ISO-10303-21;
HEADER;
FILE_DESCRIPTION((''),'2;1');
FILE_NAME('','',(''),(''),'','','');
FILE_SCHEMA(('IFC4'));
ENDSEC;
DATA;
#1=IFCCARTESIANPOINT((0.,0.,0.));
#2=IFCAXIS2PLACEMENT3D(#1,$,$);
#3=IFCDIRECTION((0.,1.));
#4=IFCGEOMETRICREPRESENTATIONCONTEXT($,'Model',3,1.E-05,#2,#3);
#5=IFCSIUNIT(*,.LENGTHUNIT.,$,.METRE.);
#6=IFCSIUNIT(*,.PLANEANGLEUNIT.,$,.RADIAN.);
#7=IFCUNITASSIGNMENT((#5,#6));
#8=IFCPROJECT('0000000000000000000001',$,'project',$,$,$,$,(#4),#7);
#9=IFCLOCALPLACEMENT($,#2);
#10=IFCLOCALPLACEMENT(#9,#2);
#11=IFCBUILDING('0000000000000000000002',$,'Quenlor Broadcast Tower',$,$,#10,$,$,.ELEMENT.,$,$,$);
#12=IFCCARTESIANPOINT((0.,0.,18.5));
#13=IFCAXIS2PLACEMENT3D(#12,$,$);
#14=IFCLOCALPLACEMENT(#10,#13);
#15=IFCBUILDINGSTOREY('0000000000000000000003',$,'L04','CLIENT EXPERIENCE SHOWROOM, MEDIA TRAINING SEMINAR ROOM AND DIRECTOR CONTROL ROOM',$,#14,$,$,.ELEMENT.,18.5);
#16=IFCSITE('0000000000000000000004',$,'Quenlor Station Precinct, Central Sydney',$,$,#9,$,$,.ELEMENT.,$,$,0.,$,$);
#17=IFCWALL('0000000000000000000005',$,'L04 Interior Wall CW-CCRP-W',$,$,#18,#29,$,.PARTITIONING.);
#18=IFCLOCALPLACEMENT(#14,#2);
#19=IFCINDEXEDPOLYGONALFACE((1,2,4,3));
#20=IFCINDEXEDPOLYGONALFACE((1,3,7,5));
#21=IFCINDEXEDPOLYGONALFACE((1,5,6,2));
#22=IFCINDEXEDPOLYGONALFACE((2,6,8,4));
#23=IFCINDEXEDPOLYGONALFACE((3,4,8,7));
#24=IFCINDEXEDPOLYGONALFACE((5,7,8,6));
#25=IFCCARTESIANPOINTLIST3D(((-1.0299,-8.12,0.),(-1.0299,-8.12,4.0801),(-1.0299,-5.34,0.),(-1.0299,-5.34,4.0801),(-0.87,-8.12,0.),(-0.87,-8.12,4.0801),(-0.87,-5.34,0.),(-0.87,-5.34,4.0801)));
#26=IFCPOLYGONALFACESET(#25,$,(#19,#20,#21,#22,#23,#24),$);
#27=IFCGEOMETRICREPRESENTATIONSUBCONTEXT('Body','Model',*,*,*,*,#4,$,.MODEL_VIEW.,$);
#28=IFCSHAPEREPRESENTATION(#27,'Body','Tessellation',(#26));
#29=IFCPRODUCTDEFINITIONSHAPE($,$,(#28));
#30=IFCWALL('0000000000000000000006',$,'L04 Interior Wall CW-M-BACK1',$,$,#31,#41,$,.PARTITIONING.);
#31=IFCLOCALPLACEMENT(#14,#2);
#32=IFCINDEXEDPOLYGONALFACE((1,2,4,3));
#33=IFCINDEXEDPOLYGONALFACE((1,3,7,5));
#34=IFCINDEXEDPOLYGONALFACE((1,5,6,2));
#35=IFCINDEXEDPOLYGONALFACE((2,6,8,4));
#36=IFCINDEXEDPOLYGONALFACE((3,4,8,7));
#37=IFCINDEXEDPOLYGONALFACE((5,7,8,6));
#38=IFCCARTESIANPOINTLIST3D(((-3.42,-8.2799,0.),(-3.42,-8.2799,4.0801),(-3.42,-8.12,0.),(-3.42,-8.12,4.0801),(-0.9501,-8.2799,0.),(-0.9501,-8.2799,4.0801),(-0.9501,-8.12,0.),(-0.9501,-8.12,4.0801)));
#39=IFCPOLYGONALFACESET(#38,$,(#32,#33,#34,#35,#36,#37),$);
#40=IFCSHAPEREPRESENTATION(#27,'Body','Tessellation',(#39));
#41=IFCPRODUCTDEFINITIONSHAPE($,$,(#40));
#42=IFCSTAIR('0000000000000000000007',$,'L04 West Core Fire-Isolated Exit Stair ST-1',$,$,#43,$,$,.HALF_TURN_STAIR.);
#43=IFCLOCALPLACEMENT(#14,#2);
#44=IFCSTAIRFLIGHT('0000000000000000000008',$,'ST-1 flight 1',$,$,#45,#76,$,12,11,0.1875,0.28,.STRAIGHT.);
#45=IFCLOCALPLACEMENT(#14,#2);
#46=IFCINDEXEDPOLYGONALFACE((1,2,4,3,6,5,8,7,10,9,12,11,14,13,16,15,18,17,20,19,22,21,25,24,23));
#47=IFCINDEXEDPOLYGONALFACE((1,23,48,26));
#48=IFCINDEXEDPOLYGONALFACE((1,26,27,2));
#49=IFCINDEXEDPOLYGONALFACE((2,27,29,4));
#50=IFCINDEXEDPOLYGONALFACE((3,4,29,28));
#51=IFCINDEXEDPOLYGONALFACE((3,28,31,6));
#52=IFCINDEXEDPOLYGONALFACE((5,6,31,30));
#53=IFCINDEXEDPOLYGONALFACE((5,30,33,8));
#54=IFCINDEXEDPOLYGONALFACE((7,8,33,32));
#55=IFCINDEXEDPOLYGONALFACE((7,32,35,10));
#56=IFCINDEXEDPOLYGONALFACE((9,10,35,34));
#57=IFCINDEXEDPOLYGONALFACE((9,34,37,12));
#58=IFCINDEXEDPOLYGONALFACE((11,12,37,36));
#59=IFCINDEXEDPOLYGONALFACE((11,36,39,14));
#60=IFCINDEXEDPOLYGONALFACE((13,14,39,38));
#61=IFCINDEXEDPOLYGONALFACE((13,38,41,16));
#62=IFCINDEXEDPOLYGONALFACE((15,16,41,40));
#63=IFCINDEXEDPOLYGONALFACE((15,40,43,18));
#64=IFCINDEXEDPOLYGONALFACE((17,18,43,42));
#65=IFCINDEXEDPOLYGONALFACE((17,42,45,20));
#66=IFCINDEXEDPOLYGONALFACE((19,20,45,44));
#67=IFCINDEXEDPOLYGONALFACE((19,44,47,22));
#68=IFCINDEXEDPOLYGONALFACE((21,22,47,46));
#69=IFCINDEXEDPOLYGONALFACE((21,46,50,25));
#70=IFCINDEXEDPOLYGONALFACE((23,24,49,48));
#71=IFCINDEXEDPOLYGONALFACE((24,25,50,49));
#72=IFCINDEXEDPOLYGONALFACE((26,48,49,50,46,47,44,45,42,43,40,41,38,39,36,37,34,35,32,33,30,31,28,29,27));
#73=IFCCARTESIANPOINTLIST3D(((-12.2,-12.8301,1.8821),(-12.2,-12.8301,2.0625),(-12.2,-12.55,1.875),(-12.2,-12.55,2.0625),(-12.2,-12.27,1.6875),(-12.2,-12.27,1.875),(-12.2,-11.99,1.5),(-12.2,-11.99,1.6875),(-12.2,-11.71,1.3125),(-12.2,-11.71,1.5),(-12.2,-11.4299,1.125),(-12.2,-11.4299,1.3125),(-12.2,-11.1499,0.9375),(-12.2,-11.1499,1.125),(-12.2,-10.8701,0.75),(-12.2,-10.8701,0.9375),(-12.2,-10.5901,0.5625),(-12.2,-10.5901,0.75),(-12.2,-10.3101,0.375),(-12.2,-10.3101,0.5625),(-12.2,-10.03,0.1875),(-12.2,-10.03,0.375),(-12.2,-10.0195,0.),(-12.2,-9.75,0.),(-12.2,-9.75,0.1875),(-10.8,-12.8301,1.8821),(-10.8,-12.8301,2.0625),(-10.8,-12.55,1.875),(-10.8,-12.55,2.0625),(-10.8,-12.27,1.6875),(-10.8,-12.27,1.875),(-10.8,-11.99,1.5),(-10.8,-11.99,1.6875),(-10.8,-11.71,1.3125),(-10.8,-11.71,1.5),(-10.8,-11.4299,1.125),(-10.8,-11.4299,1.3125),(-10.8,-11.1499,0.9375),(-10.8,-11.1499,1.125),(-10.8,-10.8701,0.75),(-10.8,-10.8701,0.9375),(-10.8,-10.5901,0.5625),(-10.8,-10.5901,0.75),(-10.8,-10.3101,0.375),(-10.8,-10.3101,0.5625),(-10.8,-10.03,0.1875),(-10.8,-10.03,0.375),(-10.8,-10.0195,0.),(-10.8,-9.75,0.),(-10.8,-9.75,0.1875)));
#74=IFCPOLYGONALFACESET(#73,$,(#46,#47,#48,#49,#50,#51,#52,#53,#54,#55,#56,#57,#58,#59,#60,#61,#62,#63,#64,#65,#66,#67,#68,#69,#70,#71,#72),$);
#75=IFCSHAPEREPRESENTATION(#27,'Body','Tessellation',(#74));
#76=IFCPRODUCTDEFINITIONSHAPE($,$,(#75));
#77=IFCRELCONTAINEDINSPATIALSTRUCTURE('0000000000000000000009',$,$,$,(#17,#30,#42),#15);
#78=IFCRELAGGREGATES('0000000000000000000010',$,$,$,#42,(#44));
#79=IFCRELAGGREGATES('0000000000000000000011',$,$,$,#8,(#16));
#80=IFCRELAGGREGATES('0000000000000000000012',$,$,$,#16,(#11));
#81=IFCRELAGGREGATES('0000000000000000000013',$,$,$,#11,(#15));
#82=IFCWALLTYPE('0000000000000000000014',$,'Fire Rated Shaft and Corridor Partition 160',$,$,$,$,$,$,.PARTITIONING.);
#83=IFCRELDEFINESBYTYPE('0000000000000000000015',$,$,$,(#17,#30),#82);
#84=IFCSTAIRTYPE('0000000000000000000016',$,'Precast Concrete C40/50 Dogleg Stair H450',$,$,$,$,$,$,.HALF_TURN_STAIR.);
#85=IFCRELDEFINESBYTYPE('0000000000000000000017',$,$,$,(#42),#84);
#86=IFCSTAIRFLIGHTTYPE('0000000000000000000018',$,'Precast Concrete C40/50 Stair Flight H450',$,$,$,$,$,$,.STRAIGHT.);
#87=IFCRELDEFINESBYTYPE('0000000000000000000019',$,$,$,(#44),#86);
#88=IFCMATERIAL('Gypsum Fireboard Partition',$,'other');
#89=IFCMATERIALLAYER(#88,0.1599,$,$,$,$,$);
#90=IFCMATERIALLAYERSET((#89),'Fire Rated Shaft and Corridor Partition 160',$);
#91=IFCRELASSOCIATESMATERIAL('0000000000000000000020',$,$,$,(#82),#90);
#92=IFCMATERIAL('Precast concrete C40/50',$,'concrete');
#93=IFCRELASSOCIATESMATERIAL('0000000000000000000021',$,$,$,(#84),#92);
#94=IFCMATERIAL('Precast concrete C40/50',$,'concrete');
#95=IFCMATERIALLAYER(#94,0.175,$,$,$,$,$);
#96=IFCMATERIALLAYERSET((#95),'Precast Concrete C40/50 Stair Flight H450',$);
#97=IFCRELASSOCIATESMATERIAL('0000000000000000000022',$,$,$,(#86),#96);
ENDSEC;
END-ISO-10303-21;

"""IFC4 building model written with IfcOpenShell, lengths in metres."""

from ifc_helpers import new_model, si_unit, direction, frame, frame_2d, origin, place, context, subcontext, project, spatial, polyline, rectangle, outline, extrude, material, layer, layer_set, type_object, element, aggregate, save


model = new_model("IFC4")

# Units and contexts
model_context = context("Model", 3, precision=1e-05, world=origin(), true_north=direction((0.0, 1.0)))
body_context = subcontext(model_context, "Body", "Model", "MODEL_VIEW")
ifc_project = project(units=[si_unit("LENGTHUNIT", "METRE"), si_unit("PLANEANGLEUNIT", "RADIAN")], contexts=[model_context])

# Site, building, storey
site_placement = place(None, origin())
site = spatial("IfcSite", under=ifc_project, at=site_placement, Name="Quenlor Station Precinct, Central Sydney", CompositionType="ELEMENT", RefElevation=0.0)
building_placement = place(site_placement, origin())
building = spatial("IfcBuilding", under=site, at=building_placement, Name="Quenlor Broadcast Tower", CompositionType="ELEMENT")
storey_placement = place(building_placement, frame((0.0, 0.0, 18.5)))
storey = spatial("IfcBuildingStorey", under=building, at=storey_placement, Name="L04", Description="CLIENT EXPERIENCE SHOWROOM, MEDIA TRAINING SEMINAR ROOM AND DIRECTOR CONTROL ROOM", CompositionType="ELEMENT", Elevation=18.5)

# Walls
ifc_material_1 = material(Name="Gypsum Fireboard Partition", Category="other")
ifc_layer_1 = layer(ifc_material_1, 0.1599)
ifc_layer_set_1 = layer_set([ifc_layer_1], Name="Fire Rated Shaft and Corridor Partition 160")
wall_type_1 = type_object("IfcWallType", Name="Fire Rated Shaft and Corridor Partition 160", PredefinedType="PARTITIONING", material=ifc_layer_set_1)
wall_1_placement = place(storey_placement, frame((-0.95, -8.1201, 0.0), z_axis=(0.0, 0.0, 1.0), x_axis=(0.0, 1.0, 0.0)))
element("IfcWall", 1, at=wall_1_placement, inside=storey, type_object=wall_type_1, Name="L04 Interior Wall CW-CCRP-W", PredefinedType="PARTITIONING", context=body_context, shape_type="SweptSolid", body=[
    extrude(rectangle(XDim=2.78, YDim=0.1599, at=frame_2d((1.3901, 0.0))), origin(), (0.0, 0.0, 1.0), 4.0801),
])
wall_2_placement = place(storey_placement, frame((-3.4199, -8.2, 0.0), z_axis=(0.0, 0.0, 1.0), x_axis=(1.0, 0.0, 0.0)))
element("IfcWall", 2, at=wall_2_placement, inside=storey, type_object=wall_type_1, Name="L04 Interior Wall CW-M-BACK1", PredefinedType="PARTITIONING", context=body_context, shape_type="SweptSolid", body=[
    extrude(rectangle(XDim=2.47, YDim=0.1599, at=frame_2d((1.2349, 0.0))), origin(), (0.0, 0.0, 1.0), 4.0801),
])

# Stair, stair flight
ifc_material_2 = material(Name="Precast concrete C40/50", Category="concrete")
stair_type = type_object("IfcStairType", Name="Precast Concrete C40/50 Dogleg Stair H450", PredefinedType="HALF_TURN_STAIR", material=ifc_material_2)
stair_placement = place(storey_placement, origin())
stair = element("IfcStair", 3, at=stair_placement, inside=storey, type_object=stair_type, Name="L04 West Core Fire-Isolated Exit Stair ST-1", PredefinedType="HALF_TURN_STAIR")
ifc_material_3 = material(Name="Precast concrete C40/50", Category="concrete")
ifc_layer_2 = layer(ifc_material_3, 0.175)
ifc_layer_set_2 = layer_set([ifc_layer_2], Name="Precast Concrete C40/50 Stair Flight H450")
stair_flight_type = type_object("IfcStairFlightType", Name="Precast Concrete C40/50 Stair Flight H450", PredefinedType="STRAIGHT", material=ifc_layer_set_2)
stair_flight_placement = place(storey_placement, frame((-11.5, -9.75, 0.0), z_axis=(0.0, 0.0, 1.0), x_axis=(0.0, -1.0, 0.0)))
stair_flight = element("IfcStairFlight", 4, at=stair_flight_placement, type_object=stair_flight_type, Name="ST-1 flight 1", NumberOfRisers=12, NumberOfTreads=11, PredefinedType="STRAIGHT", RiserHeight=0.1875, TreadLength=0.28, context=body_context, shape_type="SweptSolid", body=[
    extrude(outline(polyline([(0.0, 0.0), (0.0, 0.1875), (0.28, 0.1875), (0.28, 0.375), (0.5601, 0.375), (0.5601, 0.5625), (0.8401, 0.5625), (0.8401, 0.75), (1.1201, 0.75), (1.1201, 0.9375), (1.3999, 0.9375), (1.3999, 1.125), (1.6799, 1.125), (1.6799, 1.3125), (1.96, 1.3125), (1.96, 1.5), (2.24, 1.5), (2.24, 1.6875), (2.52, 1.6875), (2.52, 1.875), (2.8, 1.875), (2.8, 2.0625), (3.0801, 2.0625), (3.0801, 2.25), (3.0801, 1.8821), (0.2695, 0.0), (0.0, 0.0)])), frame((0.0, 0.7, 0.0), z_axis=(0.0, -1.0, 0.0), x_axis=(1.0, 0.0, 0.0)), (0.0, 0.0, 1.0), 1.3999),
])
aggregate(stair, [stair_flight])

save(model, "model.ifc")
